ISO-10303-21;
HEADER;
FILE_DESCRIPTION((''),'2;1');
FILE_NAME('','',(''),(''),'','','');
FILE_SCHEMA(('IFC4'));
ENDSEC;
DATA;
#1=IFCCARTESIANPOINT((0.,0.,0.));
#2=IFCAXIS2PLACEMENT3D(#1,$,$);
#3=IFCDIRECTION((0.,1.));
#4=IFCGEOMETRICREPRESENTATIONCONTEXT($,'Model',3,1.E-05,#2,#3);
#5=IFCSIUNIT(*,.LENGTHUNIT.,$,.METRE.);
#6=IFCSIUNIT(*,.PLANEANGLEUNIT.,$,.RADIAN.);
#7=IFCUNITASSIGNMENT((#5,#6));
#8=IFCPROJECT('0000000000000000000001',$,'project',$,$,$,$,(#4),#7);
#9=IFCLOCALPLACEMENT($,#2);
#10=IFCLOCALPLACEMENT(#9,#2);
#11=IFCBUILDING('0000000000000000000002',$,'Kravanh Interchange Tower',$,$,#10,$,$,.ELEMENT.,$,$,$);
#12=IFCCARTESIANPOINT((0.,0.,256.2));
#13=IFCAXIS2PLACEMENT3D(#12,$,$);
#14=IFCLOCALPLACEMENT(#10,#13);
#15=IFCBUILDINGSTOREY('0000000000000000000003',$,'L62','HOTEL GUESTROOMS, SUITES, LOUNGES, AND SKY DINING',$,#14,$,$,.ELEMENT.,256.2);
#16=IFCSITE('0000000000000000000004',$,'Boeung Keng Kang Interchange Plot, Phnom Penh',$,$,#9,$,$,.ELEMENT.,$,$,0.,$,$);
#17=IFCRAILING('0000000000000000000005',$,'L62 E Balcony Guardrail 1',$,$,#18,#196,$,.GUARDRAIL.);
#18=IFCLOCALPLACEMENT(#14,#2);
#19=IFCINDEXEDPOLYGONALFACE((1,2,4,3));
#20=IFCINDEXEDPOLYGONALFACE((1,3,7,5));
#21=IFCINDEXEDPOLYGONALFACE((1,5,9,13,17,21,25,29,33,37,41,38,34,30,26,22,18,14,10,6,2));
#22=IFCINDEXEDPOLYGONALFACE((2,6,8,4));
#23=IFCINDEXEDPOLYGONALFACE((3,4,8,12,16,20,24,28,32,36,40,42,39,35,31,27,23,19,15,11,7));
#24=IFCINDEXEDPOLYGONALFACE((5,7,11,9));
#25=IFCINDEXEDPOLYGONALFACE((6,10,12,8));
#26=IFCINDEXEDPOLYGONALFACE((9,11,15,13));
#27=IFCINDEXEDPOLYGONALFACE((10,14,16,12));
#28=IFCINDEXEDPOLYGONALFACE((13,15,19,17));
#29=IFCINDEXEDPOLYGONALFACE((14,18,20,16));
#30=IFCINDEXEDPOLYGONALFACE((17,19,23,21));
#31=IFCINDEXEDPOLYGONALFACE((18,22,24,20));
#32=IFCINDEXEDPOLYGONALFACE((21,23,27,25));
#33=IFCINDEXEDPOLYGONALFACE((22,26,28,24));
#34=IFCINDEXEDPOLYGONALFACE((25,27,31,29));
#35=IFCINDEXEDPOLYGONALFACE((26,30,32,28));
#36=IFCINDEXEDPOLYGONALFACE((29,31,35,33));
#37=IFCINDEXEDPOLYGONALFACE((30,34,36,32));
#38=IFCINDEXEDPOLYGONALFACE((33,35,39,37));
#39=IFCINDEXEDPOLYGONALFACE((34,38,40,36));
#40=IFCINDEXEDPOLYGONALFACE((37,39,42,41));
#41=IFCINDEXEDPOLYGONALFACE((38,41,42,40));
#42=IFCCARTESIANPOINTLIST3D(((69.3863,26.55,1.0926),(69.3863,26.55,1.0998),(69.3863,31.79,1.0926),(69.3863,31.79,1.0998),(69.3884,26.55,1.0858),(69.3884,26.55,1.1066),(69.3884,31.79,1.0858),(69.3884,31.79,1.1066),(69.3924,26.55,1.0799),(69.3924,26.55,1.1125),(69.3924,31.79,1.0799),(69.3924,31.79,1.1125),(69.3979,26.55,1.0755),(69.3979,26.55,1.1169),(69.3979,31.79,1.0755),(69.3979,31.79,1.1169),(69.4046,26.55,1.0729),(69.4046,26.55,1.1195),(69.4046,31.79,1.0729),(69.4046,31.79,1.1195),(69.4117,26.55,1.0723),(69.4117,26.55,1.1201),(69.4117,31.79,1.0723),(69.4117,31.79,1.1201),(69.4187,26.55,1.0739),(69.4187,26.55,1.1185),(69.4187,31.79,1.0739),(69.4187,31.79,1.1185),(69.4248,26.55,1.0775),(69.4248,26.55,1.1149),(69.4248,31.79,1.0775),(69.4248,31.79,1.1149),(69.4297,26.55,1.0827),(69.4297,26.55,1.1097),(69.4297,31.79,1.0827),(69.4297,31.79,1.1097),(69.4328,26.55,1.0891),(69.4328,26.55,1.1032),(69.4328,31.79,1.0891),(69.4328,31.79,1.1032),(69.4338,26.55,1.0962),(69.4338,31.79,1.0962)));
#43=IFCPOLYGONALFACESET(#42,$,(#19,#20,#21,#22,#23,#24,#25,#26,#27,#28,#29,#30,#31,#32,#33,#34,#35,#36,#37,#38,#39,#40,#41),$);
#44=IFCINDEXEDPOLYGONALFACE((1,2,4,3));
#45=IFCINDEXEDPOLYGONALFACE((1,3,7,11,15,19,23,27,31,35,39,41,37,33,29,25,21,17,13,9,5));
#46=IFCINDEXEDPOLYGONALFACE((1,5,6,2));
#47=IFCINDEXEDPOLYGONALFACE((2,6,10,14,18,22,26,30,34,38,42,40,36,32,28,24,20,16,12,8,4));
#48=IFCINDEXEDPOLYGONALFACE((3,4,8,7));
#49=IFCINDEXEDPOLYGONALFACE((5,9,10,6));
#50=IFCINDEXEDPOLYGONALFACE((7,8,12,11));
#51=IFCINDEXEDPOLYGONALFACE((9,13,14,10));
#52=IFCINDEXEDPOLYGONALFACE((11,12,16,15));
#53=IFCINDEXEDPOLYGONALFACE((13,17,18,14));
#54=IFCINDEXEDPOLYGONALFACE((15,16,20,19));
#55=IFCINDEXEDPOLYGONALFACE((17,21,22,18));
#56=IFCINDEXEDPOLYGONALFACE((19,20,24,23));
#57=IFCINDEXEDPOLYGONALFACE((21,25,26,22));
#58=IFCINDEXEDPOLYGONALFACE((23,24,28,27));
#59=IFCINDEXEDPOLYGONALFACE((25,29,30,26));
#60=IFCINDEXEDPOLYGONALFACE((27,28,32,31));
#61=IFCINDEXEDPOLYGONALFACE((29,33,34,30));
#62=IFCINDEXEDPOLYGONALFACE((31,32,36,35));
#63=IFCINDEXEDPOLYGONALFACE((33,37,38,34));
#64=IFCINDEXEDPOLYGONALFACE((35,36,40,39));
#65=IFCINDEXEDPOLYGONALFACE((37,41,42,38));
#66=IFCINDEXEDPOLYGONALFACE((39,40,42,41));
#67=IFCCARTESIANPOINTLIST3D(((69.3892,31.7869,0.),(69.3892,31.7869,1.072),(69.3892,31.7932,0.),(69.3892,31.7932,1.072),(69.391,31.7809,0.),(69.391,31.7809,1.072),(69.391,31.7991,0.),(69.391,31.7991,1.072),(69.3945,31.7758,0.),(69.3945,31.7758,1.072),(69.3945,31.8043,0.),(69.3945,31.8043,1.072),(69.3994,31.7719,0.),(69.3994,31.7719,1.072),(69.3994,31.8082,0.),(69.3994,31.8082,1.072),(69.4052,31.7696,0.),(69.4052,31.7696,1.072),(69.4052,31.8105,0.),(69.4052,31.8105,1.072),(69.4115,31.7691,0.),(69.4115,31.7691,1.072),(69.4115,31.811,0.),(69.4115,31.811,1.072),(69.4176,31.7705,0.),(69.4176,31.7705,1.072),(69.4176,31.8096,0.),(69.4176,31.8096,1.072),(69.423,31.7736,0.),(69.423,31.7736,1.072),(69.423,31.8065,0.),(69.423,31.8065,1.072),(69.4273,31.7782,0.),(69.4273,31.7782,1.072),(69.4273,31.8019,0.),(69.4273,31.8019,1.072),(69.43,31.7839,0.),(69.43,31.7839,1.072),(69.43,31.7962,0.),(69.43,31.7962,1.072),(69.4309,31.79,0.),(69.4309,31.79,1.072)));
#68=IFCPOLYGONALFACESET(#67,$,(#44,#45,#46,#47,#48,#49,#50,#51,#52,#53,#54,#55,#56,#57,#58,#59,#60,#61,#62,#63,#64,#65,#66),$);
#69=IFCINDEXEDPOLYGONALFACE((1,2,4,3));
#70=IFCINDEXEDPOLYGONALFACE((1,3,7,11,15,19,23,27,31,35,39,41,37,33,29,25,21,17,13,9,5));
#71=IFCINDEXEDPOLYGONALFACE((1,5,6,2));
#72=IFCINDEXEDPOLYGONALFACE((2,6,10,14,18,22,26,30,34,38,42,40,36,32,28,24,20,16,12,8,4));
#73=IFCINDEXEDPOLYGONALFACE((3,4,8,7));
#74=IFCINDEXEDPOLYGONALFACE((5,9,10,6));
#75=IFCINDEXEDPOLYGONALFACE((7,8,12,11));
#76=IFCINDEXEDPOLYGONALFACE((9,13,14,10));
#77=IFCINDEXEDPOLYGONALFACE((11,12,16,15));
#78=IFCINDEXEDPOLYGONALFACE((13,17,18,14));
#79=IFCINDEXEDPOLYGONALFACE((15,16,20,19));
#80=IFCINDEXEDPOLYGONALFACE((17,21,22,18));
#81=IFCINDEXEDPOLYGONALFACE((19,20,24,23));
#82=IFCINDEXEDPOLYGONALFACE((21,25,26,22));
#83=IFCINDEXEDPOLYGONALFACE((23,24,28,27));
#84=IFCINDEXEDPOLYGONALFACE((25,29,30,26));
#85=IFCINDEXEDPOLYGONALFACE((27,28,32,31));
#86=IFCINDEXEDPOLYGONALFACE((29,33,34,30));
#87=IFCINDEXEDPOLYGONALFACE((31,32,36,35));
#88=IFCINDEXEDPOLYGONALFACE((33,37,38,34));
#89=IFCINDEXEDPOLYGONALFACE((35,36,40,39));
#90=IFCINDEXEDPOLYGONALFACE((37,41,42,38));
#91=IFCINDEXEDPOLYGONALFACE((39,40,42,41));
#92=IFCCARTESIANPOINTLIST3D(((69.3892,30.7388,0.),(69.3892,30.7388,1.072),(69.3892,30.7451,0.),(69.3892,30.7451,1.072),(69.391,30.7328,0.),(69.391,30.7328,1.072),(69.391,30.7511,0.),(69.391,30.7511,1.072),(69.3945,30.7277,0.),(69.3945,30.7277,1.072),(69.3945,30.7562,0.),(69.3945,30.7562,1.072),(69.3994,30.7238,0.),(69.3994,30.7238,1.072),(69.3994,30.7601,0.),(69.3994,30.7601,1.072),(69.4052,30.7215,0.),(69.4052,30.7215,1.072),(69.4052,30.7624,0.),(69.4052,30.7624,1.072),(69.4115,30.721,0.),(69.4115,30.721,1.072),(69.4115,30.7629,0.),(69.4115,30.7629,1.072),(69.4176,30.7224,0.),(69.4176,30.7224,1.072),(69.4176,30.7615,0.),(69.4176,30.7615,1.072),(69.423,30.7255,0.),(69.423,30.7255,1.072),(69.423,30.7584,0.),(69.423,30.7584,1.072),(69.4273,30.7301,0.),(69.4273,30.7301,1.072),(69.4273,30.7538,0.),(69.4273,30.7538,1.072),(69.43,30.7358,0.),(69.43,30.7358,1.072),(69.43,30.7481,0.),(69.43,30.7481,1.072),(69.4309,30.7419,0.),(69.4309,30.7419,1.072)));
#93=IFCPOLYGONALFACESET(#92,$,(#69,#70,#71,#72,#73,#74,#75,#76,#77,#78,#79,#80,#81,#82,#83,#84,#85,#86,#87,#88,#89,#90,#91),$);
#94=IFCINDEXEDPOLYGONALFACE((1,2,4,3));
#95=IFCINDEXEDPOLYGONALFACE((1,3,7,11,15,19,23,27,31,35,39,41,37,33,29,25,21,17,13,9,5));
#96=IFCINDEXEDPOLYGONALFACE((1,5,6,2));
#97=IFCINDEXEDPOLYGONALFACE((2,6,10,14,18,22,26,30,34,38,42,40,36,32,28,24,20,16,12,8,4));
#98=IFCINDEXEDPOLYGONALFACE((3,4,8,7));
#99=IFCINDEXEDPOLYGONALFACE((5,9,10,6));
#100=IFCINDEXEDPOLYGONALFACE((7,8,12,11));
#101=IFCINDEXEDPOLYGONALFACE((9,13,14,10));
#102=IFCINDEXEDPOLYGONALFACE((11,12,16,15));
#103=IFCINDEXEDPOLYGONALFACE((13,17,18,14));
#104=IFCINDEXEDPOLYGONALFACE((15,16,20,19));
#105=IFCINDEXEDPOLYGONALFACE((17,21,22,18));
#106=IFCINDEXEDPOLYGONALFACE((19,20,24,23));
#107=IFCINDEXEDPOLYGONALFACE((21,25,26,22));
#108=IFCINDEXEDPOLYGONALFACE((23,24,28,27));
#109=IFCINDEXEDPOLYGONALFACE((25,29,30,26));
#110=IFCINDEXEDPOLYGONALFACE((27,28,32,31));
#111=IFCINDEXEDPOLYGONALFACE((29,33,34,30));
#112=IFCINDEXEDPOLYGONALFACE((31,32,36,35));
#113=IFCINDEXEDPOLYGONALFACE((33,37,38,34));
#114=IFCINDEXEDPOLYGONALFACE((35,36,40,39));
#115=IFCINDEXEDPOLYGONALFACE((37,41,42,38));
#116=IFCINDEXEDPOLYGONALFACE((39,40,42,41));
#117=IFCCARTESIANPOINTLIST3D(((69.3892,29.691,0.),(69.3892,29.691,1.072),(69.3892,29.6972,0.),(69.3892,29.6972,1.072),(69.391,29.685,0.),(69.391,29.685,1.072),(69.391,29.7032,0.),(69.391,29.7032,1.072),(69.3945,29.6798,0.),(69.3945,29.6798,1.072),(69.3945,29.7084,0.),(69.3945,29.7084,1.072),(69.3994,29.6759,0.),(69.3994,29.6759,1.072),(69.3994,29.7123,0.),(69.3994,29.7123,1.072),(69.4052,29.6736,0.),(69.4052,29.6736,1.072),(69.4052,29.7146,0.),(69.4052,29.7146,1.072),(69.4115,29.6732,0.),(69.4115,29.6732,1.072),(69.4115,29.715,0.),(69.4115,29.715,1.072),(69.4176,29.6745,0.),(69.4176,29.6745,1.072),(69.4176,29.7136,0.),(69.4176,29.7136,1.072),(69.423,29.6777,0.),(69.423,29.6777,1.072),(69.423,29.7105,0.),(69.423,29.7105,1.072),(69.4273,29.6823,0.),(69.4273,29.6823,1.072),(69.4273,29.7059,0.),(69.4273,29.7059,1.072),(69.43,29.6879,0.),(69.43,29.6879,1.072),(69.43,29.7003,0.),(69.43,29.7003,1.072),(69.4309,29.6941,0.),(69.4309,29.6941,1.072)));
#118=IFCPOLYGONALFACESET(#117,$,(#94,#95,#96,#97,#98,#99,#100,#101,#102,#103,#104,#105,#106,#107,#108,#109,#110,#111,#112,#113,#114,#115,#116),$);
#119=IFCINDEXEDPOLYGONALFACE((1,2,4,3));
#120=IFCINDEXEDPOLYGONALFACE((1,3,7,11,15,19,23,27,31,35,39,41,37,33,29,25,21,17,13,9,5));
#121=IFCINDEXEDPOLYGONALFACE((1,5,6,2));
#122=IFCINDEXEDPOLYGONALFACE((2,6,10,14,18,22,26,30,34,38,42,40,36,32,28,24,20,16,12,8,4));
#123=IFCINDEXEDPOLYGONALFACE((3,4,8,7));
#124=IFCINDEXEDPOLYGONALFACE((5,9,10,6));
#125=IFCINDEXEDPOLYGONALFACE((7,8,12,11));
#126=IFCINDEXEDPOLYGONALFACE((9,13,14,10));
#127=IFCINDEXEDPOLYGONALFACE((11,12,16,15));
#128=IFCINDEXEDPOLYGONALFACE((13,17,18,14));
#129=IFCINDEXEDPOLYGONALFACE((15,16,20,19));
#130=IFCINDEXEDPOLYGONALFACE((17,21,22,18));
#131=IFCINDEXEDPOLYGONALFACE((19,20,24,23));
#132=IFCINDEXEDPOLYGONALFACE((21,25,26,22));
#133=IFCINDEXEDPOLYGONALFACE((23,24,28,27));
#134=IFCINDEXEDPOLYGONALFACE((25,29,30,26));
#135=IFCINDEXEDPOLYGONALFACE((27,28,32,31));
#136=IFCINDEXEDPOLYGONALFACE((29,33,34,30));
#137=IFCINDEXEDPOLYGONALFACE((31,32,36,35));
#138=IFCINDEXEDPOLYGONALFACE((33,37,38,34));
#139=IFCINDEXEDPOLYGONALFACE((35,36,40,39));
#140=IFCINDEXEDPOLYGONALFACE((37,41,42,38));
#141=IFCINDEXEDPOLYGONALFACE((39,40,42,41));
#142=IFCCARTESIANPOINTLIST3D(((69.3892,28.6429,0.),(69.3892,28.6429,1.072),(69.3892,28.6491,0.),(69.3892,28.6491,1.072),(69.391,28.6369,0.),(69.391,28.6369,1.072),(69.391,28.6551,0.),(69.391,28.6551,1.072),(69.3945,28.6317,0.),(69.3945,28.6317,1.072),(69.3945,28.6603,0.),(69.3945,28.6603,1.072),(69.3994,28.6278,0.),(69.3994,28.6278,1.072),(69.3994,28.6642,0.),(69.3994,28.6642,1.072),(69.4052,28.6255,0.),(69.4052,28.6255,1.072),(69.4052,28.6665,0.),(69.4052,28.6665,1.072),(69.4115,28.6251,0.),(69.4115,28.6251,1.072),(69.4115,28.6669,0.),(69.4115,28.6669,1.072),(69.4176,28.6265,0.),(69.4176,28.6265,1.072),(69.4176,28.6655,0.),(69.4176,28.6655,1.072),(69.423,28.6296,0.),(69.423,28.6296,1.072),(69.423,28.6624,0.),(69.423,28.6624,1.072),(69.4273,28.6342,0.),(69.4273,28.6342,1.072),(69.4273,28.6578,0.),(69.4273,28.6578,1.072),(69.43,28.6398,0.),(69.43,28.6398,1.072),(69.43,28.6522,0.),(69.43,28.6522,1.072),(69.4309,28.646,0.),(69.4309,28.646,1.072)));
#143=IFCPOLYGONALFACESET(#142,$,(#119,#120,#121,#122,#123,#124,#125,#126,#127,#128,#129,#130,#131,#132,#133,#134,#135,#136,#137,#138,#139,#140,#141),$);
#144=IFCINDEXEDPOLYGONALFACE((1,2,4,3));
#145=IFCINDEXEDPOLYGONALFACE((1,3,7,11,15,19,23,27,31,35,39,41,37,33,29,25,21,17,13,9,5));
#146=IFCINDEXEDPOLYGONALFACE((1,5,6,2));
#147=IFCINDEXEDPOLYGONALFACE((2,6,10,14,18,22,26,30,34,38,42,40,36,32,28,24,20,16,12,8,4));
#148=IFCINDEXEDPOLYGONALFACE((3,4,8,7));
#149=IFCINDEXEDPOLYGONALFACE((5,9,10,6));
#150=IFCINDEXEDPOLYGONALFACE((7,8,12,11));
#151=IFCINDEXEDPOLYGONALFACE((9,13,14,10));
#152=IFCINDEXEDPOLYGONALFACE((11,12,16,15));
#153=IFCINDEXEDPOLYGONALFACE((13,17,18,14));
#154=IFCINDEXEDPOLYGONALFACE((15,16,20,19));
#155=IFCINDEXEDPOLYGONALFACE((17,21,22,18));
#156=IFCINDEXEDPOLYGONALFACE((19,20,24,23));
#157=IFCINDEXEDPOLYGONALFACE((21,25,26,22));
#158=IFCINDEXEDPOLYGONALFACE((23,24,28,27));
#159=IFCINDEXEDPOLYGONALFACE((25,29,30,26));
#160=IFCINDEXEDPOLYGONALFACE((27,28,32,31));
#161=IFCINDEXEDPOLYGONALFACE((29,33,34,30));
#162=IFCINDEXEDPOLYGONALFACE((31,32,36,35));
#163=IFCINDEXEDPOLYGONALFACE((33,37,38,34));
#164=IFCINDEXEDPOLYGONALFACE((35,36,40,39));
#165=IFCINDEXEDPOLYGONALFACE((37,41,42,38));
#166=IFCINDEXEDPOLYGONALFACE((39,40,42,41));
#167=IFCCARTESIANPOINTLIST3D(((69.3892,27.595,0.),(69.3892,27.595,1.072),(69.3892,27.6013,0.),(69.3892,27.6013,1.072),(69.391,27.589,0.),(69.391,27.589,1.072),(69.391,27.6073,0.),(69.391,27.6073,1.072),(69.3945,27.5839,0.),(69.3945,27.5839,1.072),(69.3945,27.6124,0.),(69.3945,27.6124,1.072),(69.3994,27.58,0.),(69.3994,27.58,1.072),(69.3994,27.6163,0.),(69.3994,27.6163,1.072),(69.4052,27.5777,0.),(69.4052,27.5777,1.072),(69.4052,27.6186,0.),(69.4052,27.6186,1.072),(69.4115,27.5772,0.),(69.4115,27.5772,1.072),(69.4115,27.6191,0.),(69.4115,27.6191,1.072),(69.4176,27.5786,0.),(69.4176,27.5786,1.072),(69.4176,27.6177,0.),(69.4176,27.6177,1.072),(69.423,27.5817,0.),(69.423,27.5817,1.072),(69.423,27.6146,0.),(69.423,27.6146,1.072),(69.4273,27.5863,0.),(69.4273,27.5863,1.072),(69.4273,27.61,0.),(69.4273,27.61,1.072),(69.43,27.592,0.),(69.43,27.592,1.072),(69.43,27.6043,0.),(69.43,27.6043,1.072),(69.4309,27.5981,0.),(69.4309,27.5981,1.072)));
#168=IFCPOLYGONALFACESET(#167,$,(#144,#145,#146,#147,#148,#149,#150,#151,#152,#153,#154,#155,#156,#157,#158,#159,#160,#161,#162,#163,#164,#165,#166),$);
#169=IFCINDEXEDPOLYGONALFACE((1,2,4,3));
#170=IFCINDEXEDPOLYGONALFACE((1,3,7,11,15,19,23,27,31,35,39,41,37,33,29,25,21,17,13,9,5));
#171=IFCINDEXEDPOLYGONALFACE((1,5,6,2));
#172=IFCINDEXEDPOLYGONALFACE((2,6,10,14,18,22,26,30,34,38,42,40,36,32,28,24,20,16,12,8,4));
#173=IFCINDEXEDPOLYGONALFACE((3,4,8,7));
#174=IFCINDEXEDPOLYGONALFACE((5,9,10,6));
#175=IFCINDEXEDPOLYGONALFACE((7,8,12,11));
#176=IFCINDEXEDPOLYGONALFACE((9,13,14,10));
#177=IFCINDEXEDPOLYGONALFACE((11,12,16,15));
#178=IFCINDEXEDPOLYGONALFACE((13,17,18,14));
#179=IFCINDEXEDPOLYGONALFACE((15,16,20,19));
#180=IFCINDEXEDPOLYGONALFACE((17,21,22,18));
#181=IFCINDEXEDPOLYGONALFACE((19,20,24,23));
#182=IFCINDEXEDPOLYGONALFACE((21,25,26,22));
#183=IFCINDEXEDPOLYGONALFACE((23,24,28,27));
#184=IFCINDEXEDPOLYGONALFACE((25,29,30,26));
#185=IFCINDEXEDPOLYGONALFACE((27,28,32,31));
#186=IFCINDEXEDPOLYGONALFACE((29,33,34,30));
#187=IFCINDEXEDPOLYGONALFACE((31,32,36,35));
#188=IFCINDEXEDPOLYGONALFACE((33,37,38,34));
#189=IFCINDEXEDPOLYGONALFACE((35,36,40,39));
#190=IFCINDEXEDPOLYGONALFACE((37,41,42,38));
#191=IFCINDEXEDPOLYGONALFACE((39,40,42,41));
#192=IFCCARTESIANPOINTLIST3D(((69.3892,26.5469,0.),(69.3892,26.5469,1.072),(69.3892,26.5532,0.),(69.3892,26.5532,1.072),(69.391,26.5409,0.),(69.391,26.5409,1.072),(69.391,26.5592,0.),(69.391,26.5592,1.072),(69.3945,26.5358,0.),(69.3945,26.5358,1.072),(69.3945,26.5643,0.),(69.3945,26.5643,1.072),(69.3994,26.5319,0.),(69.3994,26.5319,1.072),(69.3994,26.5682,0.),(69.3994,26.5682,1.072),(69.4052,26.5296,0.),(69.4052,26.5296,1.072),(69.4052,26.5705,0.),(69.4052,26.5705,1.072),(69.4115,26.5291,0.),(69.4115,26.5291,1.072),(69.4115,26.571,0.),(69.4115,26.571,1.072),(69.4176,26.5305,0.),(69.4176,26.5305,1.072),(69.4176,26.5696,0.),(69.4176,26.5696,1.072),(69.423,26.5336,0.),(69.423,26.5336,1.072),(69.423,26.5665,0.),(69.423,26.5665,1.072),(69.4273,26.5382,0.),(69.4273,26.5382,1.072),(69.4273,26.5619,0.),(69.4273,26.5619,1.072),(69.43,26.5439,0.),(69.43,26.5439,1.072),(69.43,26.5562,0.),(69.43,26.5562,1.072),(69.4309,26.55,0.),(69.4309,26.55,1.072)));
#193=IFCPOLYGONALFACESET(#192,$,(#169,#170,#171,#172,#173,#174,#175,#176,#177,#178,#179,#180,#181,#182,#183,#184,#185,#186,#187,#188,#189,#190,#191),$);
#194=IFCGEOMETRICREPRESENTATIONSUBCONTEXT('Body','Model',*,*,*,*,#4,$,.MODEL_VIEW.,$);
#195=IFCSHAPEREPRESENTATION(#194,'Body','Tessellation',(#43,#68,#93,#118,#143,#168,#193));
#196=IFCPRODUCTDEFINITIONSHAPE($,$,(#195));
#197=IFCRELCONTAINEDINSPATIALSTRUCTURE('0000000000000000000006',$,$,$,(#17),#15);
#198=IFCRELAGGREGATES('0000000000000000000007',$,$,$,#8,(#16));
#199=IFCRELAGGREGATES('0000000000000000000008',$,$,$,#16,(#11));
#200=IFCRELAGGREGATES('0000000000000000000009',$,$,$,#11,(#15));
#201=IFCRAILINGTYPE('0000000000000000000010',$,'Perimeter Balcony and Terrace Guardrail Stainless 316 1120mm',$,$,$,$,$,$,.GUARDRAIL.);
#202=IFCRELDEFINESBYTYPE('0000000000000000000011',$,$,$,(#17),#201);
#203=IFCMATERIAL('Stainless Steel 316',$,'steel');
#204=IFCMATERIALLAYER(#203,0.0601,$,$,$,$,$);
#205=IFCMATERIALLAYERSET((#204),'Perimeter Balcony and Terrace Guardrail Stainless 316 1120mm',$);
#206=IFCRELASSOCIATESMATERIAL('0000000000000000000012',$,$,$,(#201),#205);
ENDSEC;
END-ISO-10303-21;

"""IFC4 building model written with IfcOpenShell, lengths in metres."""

from ifc_helpers import new_model, si_unit, direction, frame, origin, origin_2d, place, context, subcontext, project, spatial, circle, extrude, material, layer, layer_set, type_object, element, save


model = new_model("IFC4")

# Units and contexts
model_context = context("Model", 3, precision=1e-05, world=origin(), true_north=direction((0.0, 1.0)))
body_context = subcontext(model_context, "Body", "Model", "MODEL_VIEW")
ifc_project = project(units=[si_unit("LENGTHUNIT", "METRE"), si_unit("PLANEANGLEUNIT", "RADIAN")], contexts=[model_context])

# Site, building, storey
site_placement = place(None, origin())
site = spatial("IfcSite", under=ifc_project, at=site_placement, Name="Boeung Keng Kang Interchange Plot, Phnom Penh", CompositionType="ELEMENT", RefElevation=0.0)
building_placement = place(site_placement, origin())
building = spatial("IfcBuilding", under=site, at=building_placement, Name="Kravanh Interchange Tower", CompositionType="ELEMENT")
storey_placement = place(building_placement, frame((0.0, 0.0, 256.2)))
storey = spatial("IfcBuildingStorey", under=building, at=storey_placement, Name="L62", Description="HOTEL GUESTROOMS, SUITES, LOUNGES, AND SKY DINING", CompositionType="ELEMENT", Elevation=256.2)

# Railing
ifc_material_1 = material(Name="Stainless Steel 316", Category="steel")
ifc_layer_1 = layer(ifc_material_1, 0.0601)
ifc_layer_set_1 = layer_set([ifc_layer_1], Name="Perimeter Balcony and Terrace Guardrail Stainless 316 1120mm")
railing_type_1 = type_object("IfcRailingType", Name="Perimeter Balcony and Terrace Guardrail Stainless 316 1120mm", PredefinedType="GUARDRAIL", material=ifc_layer_set_1)
railing_1_placement = place(storey_placement, frame((69.4099, 31.79, 0.0)))
element("IfcRailing", 1, at=railing_1_placement, inside=storey, type_object=railing_type_1, Name="L62 E Balcony Guardrail 1", PredefinedType="GUARDRAIL", context=body_context, shape_type="SweptSolid", body=[
    extrude(circle(Radius=0.0239, at=origin_2d()), frame((0.0, 0.0, 1.0962), z_axis=(0.0, -1.0, 0.0), x_axis=(1.0, 0.0, 0.0)), (0.0, 0.0, 1.0), 5.24),
    extrude(circle(Radius=0.021, at=origin_2d()), origin(), (0.0, 0.0, 1.0), 1.072),
    extrude(circle(Radius=0.021, at=origin_2d()), frame((0.0, -1.0481, 0.0)), (0.0, 0.0, 1.0), 1.072),
    extrude(circle(Radius=0.021, at=origin_2d()), frame((0.0, -2.0959, 0.0)), (0.0, 0.0, 1.0), 1.072),
    extrude(circle(Radius=0.021, at=origin_2d()), frame((0.0, -3.144, 0.0)), (0.0, 0.0, 1.0), 1.072),
    extrude(circle(Radius=0.021, at=origin_2d()), frame((0.0, -4.1919, 0.0)), (0.0, 0.0, 1.0), 1.072),
    extrude(circle(Radius=0.021, at=origin_2d()), frame((0.0, -5.24, 0.0)), (0.0, 0.0, 1.0), 1.072),
])

save(model, "model.ifc")
